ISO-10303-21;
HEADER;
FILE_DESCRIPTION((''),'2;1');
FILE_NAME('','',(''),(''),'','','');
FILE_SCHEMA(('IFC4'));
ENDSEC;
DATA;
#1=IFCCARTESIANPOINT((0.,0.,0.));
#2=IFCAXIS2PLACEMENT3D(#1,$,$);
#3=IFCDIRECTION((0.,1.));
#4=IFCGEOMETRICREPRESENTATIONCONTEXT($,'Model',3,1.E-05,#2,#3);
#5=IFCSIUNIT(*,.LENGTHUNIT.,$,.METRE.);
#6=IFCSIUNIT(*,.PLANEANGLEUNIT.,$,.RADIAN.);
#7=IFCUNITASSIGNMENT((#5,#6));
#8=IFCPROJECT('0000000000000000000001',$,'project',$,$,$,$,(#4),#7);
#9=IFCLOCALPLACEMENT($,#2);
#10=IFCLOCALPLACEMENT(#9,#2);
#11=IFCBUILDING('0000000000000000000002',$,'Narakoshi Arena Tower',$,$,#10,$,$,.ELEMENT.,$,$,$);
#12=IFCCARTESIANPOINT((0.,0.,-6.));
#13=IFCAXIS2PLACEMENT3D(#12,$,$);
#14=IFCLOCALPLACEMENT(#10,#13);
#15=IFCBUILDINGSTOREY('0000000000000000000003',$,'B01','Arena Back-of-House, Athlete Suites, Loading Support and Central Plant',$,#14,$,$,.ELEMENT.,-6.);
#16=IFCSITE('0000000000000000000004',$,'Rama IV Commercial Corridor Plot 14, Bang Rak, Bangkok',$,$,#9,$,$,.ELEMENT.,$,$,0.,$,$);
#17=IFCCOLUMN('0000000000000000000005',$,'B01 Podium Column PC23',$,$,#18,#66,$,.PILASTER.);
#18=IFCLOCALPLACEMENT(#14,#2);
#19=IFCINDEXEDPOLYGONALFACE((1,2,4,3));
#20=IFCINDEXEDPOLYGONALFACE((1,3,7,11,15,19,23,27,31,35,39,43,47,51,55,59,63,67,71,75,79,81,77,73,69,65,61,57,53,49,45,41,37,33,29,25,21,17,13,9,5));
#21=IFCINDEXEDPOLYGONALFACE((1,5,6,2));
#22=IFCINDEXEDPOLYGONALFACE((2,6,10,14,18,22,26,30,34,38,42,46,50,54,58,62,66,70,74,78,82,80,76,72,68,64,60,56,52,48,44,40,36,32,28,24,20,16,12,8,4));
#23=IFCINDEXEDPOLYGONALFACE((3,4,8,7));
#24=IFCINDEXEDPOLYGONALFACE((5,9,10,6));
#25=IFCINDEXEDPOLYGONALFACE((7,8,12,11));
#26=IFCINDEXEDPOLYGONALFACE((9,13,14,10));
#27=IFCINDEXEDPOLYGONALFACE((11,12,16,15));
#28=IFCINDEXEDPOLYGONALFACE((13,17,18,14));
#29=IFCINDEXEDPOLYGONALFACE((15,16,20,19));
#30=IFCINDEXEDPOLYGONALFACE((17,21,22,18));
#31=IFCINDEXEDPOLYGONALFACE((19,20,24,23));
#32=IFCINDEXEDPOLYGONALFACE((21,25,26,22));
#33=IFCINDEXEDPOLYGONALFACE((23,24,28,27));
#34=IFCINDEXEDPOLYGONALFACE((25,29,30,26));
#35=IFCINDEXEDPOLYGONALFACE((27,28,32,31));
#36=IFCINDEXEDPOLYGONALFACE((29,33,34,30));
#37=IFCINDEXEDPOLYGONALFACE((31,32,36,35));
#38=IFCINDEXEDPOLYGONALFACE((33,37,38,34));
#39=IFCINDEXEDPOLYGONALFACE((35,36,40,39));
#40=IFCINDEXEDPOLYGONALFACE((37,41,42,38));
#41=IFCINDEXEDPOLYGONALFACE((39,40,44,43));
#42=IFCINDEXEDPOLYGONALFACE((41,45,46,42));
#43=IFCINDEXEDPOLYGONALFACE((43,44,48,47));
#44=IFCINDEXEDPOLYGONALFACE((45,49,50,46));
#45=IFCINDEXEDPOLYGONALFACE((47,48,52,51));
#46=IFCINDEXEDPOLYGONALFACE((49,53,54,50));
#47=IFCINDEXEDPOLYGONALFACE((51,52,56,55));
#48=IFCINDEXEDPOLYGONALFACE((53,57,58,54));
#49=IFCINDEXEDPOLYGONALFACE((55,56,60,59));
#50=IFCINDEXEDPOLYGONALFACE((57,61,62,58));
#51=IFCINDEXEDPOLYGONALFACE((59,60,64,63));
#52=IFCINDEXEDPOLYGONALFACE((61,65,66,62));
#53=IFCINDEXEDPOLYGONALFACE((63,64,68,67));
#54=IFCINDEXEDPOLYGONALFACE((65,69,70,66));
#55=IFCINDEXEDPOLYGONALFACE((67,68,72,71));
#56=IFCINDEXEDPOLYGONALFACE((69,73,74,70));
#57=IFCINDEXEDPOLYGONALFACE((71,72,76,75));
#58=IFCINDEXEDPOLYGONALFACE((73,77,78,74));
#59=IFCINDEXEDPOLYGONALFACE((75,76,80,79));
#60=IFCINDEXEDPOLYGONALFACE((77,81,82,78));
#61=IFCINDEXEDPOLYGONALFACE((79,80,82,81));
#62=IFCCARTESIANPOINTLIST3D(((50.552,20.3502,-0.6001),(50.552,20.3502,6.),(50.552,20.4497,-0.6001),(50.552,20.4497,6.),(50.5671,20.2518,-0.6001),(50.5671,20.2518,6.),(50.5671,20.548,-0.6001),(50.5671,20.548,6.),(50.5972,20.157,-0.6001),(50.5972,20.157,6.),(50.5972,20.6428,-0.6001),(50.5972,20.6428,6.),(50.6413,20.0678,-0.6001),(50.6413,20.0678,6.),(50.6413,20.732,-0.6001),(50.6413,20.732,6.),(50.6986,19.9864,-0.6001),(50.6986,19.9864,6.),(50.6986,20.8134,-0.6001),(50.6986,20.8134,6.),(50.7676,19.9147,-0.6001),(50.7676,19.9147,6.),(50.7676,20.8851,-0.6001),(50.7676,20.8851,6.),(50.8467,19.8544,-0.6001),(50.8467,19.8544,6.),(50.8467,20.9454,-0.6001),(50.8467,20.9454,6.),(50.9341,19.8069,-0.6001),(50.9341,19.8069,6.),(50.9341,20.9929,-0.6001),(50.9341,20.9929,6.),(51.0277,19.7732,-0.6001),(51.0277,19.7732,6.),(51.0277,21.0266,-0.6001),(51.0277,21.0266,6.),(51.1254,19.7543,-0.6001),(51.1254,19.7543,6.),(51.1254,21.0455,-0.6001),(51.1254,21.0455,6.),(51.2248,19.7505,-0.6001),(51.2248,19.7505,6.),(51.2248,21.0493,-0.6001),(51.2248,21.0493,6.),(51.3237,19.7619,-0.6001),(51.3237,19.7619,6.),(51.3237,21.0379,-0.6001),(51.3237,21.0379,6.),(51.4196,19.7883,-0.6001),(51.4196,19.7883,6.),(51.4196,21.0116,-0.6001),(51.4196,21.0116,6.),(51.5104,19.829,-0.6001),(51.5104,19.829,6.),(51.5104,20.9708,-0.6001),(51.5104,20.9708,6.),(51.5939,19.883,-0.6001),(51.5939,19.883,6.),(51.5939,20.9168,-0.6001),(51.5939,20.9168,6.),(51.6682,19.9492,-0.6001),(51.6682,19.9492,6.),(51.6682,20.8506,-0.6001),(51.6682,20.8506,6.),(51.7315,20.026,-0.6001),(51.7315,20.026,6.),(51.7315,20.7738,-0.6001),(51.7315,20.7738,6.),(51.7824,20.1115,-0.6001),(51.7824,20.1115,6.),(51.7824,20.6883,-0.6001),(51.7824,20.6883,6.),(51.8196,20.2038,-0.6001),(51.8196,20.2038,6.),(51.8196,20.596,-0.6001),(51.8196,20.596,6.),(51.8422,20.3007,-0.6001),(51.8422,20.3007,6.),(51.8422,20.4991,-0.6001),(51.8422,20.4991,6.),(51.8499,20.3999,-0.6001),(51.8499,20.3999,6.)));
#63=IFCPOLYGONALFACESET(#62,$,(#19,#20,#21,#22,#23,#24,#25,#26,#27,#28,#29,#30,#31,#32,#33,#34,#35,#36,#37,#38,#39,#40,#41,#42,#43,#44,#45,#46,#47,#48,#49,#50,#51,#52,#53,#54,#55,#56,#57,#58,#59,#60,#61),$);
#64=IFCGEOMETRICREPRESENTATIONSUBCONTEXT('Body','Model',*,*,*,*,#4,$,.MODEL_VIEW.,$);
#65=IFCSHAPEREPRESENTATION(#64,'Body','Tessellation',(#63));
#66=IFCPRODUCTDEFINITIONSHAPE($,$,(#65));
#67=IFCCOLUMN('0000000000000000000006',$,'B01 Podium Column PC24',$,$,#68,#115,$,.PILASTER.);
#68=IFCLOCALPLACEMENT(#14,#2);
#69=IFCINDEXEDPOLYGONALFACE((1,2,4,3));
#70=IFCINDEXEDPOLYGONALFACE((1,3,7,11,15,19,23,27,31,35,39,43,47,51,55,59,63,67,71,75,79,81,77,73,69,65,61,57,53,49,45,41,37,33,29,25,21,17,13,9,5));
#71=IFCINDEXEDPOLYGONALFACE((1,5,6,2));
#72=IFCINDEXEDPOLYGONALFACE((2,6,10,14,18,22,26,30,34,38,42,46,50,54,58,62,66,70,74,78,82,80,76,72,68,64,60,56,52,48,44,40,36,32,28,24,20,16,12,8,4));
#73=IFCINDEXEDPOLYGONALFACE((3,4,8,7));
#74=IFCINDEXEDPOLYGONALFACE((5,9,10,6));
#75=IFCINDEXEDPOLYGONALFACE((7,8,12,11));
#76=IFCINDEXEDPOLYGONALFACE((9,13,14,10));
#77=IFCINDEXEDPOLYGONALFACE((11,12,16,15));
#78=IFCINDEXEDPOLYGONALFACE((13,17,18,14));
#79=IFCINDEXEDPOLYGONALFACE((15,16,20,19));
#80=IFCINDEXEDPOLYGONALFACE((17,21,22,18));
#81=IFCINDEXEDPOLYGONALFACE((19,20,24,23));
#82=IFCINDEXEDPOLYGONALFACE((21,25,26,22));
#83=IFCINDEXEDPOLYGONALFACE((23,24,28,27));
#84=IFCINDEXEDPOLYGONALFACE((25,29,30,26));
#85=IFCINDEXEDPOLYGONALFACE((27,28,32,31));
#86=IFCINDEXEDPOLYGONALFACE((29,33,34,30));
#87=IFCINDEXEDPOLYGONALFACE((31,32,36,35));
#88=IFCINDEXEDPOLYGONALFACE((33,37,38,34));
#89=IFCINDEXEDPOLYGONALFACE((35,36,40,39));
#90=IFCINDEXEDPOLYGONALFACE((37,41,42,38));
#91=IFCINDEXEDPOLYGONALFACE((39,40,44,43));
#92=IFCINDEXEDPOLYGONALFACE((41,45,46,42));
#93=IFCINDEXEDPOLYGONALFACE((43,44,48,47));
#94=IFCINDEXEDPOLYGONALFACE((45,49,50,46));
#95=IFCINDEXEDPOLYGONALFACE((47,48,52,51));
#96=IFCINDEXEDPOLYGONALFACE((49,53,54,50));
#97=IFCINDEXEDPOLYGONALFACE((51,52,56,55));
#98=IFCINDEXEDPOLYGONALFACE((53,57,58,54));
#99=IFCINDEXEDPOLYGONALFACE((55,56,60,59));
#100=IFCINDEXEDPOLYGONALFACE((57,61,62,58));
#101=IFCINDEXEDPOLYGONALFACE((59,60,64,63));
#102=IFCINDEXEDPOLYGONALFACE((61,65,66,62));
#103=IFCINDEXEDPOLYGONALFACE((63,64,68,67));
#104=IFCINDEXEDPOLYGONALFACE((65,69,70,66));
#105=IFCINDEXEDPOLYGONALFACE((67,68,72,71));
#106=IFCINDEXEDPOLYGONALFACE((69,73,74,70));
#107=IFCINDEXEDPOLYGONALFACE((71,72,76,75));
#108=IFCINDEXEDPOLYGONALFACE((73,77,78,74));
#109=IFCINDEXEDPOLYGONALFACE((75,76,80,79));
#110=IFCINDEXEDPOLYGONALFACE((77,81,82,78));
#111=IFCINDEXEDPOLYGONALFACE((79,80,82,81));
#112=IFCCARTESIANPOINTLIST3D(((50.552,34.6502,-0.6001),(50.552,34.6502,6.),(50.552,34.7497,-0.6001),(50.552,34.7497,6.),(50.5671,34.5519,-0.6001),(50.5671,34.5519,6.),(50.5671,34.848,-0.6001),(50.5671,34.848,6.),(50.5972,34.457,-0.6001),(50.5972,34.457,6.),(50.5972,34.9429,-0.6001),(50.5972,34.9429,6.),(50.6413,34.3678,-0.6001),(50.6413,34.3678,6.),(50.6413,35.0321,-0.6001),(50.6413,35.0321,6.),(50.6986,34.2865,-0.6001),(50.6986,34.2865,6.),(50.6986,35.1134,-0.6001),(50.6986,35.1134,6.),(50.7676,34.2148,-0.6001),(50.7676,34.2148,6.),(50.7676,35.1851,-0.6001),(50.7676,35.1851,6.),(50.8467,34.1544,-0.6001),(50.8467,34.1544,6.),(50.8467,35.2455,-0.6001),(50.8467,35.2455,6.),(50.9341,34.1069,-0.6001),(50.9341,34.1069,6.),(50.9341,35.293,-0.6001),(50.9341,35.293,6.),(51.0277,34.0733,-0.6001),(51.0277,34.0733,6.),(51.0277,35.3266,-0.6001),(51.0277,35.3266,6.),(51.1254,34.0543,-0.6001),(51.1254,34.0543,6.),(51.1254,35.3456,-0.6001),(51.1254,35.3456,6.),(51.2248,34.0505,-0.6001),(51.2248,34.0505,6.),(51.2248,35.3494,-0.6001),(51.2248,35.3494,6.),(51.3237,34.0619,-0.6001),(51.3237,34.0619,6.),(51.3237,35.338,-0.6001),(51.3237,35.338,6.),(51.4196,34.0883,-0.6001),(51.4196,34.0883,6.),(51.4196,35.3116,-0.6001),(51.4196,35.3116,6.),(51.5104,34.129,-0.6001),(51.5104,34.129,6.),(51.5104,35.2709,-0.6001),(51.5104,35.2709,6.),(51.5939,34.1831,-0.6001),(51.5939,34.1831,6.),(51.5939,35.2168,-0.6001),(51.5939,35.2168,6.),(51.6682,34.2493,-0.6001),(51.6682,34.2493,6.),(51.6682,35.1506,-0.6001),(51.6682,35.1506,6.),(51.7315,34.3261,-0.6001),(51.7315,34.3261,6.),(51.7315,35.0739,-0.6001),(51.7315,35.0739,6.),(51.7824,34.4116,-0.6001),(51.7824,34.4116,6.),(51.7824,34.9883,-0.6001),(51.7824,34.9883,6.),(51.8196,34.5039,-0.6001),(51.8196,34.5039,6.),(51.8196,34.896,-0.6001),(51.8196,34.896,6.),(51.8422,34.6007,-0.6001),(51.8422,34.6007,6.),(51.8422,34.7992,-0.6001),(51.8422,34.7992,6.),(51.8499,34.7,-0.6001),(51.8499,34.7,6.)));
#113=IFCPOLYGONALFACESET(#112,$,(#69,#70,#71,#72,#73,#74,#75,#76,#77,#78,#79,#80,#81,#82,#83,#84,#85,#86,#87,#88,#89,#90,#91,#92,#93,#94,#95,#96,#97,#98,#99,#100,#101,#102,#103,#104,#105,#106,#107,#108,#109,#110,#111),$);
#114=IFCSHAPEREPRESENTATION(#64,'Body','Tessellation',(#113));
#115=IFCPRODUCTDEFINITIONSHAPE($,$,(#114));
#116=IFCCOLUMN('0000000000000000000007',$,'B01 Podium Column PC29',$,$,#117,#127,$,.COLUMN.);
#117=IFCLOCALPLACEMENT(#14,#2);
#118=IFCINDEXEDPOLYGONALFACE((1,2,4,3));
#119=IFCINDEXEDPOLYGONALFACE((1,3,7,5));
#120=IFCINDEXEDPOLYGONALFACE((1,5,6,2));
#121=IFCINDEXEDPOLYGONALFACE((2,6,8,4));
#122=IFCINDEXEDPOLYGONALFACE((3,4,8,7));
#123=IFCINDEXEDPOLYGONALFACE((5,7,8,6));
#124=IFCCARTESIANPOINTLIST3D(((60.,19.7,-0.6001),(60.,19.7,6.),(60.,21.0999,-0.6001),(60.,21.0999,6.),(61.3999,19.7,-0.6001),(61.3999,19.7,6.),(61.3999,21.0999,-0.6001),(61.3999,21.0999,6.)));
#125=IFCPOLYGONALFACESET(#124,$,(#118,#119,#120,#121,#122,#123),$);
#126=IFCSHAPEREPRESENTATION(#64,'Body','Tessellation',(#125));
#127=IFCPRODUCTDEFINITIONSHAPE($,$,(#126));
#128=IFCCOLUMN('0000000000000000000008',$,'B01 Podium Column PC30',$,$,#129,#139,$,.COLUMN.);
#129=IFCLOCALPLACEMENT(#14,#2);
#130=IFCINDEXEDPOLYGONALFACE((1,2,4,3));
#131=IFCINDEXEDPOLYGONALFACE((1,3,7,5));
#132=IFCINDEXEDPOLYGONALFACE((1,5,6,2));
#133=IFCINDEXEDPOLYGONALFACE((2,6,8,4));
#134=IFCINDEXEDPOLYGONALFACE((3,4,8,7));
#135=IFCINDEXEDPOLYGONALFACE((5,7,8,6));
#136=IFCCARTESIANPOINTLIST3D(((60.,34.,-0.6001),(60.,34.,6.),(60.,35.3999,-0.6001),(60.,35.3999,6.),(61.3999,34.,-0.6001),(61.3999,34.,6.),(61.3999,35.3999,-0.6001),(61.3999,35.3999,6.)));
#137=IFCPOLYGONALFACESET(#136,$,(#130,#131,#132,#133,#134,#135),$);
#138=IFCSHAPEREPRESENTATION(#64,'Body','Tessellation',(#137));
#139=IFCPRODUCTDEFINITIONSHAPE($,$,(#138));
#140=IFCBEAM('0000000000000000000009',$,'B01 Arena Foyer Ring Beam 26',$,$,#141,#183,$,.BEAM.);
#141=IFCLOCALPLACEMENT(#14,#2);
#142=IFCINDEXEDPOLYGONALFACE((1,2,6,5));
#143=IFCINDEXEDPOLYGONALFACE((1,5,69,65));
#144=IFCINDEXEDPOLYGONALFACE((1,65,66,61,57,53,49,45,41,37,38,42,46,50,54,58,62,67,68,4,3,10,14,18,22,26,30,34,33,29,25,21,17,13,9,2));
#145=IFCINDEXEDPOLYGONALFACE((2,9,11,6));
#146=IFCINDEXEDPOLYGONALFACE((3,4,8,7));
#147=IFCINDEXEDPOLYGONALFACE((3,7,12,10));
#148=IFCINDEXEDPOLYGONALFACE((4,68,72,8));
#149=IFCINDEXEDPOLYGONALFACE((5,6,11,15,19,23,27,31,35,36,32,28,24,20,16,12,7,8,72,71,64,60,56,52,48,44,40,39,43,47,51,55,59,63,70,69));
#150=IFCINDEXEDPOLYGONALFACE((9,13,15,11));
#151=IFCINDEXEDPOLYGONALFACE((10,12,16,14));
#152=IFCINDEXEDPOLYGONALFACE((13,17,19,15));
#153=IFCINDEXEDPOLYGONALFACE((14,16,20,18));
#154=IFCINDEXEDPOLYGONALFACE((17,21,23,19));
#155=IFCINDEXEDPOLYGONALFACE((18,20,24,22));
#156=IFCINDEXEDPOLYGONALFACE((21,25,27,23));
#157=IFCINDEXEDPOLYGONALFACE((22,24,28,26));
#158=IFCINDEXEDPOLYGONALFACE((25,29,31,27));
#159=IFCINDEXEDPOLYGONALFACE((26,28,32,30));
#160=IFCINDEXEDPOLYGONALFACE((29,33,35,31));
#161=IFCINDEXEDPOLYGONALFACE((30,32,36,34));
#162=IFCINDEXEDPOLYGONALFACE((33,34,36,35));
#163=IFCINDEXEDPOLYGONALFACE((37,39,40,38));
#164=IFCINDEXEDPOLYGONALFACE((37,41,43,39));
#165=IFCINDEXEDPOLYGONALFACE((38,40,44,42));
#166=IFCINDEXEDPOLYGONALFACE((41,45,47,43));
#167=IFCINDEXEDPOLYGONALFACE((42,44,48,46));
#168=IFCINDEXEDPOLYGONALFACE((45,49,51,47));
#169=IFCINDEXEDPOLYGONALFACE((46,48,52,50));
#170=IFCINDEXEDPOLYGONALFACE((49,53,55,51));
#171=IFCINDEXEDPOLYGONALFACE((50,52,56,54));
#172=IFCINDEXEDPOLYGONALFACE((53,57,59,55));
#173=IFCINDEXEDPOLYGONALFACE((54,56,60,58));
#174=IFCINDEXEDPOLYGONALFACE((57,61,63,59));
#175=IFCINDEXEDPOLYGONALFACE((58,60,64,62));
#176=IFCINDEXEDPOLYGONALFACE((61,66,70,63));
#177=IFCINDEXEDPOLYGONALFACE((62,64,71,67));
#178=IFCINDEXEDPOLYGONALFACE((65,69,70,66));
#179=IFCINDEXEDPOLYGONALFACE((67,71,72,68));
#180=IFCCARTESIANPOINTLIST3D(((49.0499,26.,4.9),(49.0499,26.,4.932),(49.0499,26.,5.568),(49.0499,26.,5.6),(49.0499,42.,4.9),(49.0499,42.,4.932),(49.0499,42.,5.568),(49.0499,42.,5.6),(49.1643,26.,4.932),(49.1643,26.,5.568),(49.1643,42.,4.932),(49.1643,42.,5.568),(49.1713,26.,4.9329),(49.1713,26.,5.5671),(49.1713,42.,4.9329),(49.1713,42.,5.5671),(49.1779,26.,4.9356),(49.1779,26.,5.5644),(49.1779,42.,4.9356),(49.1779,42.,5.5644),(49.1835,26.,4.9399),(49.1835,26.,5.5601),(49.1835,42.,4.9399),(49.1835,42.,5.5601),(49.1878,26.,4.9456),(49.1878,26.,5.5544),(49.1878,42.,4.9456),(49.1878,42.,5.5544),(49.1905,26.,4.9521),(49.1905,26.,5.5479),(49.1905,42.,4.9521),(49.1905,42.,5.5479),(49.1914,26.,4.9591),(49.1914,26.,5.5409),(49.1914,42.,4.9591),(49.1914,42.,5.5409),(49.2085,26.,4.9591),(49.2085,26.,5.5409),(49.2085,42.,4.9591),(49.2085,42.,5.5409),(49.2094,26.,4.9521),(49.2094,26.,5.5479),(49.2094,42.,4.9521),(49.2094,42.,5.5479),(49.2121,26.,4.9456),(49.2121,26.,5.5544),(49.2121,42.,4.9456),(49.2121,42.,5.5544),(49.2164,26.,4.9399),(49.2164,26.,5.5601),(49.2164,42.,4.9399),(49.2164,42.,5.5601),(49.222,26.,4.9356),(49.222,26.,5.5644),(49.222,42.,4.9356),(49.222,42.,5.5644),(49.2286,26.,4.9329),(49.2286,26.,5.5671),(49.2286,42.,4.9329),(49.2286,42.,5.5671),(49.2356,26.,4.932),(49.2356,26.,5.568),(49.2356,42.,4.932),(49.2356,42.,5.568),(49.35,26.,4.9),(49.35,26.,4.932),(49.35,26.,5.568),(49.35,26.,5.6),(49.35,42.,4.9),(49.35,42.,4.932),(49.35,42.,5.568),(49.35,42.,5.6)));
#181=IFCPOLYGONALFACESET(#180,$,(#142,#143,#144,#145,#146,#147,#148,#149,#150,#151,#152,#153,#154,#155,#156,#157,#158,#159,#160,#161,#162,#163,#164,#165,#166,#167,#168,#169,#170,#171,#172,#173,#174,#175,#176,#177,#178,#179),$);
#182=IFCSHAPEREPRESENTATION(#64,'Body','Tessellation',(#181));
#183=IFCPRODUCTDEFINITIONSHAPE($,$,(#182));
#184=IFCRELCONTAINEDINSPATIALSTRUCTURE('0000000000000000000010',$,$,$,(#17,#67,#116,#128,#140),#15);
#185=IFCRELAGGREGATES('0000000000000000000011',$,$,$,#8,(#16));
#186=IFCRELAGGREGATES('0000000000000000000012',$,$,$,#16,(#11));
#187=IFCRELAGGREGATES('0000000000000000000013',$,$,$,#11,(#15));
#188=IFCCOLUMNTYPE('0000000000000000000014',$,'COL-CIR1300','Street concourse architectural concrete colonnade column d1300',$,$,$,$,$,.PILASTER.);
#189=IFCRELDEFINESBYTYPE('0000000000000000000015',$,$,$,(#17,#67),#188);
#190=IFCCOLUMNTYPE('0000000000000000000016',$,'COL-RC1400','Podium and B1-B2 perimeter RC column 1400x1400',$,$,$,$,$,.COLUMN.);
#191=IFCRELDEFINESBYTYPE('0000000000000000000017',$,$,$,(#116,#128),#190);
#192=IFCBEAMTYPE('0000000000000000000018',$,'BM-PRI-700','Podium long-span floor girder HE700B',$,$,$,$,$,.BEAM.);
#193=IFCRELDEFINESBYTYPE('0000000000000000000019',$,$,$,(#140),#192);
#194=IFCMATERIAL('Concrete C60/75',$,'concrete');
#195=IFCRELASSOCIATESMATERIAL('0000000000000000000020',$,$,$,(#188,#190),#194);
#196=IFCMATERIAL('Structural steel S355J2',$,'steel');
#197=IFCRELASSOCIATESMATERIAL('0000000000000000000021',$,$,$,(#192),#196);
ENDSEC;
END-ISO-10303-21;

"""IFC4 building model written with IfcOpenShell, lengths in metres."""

from ifc_helpers import new_model, si_unit, direction, frame, origin, origin_2d, place, context, subcontext, project, spatial, rectangle, circle, i_section, extrude, material, material_profile, profile_set, type_object, element, save


model = new_model("IFC4")

# Units and contexts
model_context = context("Model", 3, precision=1e-05, world=origin(), true_north=direction((0.0, 1.0)))
body_context = subcontext(model_context, "Body", "Model", "MODEL_VIEW")
ifc_project = project(units=[si_unit("LENGTHUNIT", "METRE"), si_unit("PLANEANGLEUNIT", "RADIAN")], contexts=[model_context])

# Site, building, storey
site_placement = place(None, origin())
site = spatial("IfcSite", under=ifc_project, at=site_placement, Name="Rama IV Commercial Corridor Plot 14, Bang Rak, Bangkok", CompositionType="ELEMENT", RefElevation=0.0)
building_placement = place(site_placement, origin())
building = spatial("IfcBuilding", under=site, at=building_placement, Name="Narakoshi Arena Tower", CompositionType="ELEMENT")
storey_placement = place(building_placement, frame((0.0, 0.0, -6.0)))
storey = spatial("IfcBuildingStorey", under=building, at=storey_placement, Name="B01", Description="Arena Back-of-House, Athlete Suites, Loading Support and Central Plant", CompositionType="ELEMENT", Elevation=-6.0)

# Columns
ifc_material_1 = material(Name="Concrete C60/75", Category="concrete")
ifc_material_profile_1 = material_profile(ifc_material_1, circle(Radius=0.6499, at=origin_2d()), Name="RCC1300")
ifc_profile_set_1 = profile_set([ifc_material_profile_1], Name="Concrete C60/75")
column_type_1 = type_object("IfcColumnType", Name="COL-CIR1300", Description="Street concourse architectural concrete colonnade column d1300", PredefinedType="PILASTER", material=ifc_profile_set_1)
for number, where, z_axis, x_axis, name in (
    (1, (51.2, 20.3999, -0.6001), (0.0, 0.0, 1.0), (1.0, 0.0, 0.0), "B01 Podium Column PC23"),
    (2, (51.2, 34.7, -0.6001), (0.0, 0.0, 1.0), (1.0, 0.0, 0.0), "B01 Podium Column PC24"),
):
    element("IfcColumn", number, at=place(storey_placement, frame(where, z_axis=z_axis, x_axis=x_axis)), inside=storey, type_object=column_type_1, Name=name, PredefinedType="PILASTER", context=body_context, shape_type="SweptSolid", body=[
        extrude(circle(Radius=0.6499, at=origin_2d()), origin(), (0.0, 0.0, 1.0), 6.6001),
    ])
ifc_material_profile_2 = material_profile(ifc_material_1, rectangle(XDim=1.3999, YDim=1.3999, at=origin_2d()), Name="RC1400x1400")
ifc_profile_set_2 = profile_set([ifc_material_profile_2], Name="Concrete C60/75")
column_type_2 = type_object("IfcColumnType", Name="COL-RC1400", Description="Podium and B1-B2 perimeter RC column 1400x1400", PredefinedType="COLUMN", material=ifc_profile_set_2)
for number, where, z_axis, x_axis, name in (
    (3, (60.7, 20.3999, -0.6001), (0.0, 0.0, 1.0), (1.0, 0.0, 0.0), "B01 Podium Column PC29"),
    (4, (60.7, 34.7, -0.6001), (0.0, 0.0, 1.0), (1.0, 0.0, 0.0), "B01 Podium Column PC30"),
):
    element("IfcColumn", number, at=place(storey_placement, frame(where, z_axis=z_axis, x_axis=x_axis)), inside=storey, type_object=column_type_2, Name=name, PredefinedType="COLUMN", context=body_context, shape_type="SweptSolid", body=[
        extrude(rectangle(XDim=1.3999, YDim=1.3999, at=origin_2d()), origin(), (0.0, 0.0, 1.0), 6.6001),
    ])

# Beam
ifc_material_2 = material(Name="Structural steel S355J2", Category="steel")
ifc_material_profile_3 = material_profile(ifc_material_2, i_section(OverallWidth=0.3, OverallDepth=0.7, WebThickness=0.0171, FlangeThickness=0.032, FilletRadius=0.0271, at=origin_2d()), Name="HE700B")
ifc_profile_set_3 = profile_set([ifc_material_profile_3], Name="Structural steel S355J2")
beam_type_1 = type_object("IfcBeamType", Name="BM-PRI-700", Description="Podium long-span floor girder HE700B", PredefinedType="BEAM", material=ifc_profile_set_3)
beam_1_placement = place(storey_placement, frame((49.2, 26.0, 5.25), z_axis=(0.0, 1.0, 0.0), x_axis=(-1.0, 0.0, 0.0)))
element("IfcBeam", 5, at=beam_1_placement, inside=storey, type_object=beam_type_1, Name="B01 Arena Foyer Ring Beam 26", PredefinedType="BEAM", context=body_context, shape_type="SweptSolid", body=[
    extrude(i_section(OverallWidth=0.3, OverallDepth=0.7, WebThickness=0.0171, FlangeThickness=0.032, FilletRadius=0.0271, at=origin_2d()), origin(), (0.0, 0.0, 1.0), 16.0),
])

save(model, "model.ifc")
